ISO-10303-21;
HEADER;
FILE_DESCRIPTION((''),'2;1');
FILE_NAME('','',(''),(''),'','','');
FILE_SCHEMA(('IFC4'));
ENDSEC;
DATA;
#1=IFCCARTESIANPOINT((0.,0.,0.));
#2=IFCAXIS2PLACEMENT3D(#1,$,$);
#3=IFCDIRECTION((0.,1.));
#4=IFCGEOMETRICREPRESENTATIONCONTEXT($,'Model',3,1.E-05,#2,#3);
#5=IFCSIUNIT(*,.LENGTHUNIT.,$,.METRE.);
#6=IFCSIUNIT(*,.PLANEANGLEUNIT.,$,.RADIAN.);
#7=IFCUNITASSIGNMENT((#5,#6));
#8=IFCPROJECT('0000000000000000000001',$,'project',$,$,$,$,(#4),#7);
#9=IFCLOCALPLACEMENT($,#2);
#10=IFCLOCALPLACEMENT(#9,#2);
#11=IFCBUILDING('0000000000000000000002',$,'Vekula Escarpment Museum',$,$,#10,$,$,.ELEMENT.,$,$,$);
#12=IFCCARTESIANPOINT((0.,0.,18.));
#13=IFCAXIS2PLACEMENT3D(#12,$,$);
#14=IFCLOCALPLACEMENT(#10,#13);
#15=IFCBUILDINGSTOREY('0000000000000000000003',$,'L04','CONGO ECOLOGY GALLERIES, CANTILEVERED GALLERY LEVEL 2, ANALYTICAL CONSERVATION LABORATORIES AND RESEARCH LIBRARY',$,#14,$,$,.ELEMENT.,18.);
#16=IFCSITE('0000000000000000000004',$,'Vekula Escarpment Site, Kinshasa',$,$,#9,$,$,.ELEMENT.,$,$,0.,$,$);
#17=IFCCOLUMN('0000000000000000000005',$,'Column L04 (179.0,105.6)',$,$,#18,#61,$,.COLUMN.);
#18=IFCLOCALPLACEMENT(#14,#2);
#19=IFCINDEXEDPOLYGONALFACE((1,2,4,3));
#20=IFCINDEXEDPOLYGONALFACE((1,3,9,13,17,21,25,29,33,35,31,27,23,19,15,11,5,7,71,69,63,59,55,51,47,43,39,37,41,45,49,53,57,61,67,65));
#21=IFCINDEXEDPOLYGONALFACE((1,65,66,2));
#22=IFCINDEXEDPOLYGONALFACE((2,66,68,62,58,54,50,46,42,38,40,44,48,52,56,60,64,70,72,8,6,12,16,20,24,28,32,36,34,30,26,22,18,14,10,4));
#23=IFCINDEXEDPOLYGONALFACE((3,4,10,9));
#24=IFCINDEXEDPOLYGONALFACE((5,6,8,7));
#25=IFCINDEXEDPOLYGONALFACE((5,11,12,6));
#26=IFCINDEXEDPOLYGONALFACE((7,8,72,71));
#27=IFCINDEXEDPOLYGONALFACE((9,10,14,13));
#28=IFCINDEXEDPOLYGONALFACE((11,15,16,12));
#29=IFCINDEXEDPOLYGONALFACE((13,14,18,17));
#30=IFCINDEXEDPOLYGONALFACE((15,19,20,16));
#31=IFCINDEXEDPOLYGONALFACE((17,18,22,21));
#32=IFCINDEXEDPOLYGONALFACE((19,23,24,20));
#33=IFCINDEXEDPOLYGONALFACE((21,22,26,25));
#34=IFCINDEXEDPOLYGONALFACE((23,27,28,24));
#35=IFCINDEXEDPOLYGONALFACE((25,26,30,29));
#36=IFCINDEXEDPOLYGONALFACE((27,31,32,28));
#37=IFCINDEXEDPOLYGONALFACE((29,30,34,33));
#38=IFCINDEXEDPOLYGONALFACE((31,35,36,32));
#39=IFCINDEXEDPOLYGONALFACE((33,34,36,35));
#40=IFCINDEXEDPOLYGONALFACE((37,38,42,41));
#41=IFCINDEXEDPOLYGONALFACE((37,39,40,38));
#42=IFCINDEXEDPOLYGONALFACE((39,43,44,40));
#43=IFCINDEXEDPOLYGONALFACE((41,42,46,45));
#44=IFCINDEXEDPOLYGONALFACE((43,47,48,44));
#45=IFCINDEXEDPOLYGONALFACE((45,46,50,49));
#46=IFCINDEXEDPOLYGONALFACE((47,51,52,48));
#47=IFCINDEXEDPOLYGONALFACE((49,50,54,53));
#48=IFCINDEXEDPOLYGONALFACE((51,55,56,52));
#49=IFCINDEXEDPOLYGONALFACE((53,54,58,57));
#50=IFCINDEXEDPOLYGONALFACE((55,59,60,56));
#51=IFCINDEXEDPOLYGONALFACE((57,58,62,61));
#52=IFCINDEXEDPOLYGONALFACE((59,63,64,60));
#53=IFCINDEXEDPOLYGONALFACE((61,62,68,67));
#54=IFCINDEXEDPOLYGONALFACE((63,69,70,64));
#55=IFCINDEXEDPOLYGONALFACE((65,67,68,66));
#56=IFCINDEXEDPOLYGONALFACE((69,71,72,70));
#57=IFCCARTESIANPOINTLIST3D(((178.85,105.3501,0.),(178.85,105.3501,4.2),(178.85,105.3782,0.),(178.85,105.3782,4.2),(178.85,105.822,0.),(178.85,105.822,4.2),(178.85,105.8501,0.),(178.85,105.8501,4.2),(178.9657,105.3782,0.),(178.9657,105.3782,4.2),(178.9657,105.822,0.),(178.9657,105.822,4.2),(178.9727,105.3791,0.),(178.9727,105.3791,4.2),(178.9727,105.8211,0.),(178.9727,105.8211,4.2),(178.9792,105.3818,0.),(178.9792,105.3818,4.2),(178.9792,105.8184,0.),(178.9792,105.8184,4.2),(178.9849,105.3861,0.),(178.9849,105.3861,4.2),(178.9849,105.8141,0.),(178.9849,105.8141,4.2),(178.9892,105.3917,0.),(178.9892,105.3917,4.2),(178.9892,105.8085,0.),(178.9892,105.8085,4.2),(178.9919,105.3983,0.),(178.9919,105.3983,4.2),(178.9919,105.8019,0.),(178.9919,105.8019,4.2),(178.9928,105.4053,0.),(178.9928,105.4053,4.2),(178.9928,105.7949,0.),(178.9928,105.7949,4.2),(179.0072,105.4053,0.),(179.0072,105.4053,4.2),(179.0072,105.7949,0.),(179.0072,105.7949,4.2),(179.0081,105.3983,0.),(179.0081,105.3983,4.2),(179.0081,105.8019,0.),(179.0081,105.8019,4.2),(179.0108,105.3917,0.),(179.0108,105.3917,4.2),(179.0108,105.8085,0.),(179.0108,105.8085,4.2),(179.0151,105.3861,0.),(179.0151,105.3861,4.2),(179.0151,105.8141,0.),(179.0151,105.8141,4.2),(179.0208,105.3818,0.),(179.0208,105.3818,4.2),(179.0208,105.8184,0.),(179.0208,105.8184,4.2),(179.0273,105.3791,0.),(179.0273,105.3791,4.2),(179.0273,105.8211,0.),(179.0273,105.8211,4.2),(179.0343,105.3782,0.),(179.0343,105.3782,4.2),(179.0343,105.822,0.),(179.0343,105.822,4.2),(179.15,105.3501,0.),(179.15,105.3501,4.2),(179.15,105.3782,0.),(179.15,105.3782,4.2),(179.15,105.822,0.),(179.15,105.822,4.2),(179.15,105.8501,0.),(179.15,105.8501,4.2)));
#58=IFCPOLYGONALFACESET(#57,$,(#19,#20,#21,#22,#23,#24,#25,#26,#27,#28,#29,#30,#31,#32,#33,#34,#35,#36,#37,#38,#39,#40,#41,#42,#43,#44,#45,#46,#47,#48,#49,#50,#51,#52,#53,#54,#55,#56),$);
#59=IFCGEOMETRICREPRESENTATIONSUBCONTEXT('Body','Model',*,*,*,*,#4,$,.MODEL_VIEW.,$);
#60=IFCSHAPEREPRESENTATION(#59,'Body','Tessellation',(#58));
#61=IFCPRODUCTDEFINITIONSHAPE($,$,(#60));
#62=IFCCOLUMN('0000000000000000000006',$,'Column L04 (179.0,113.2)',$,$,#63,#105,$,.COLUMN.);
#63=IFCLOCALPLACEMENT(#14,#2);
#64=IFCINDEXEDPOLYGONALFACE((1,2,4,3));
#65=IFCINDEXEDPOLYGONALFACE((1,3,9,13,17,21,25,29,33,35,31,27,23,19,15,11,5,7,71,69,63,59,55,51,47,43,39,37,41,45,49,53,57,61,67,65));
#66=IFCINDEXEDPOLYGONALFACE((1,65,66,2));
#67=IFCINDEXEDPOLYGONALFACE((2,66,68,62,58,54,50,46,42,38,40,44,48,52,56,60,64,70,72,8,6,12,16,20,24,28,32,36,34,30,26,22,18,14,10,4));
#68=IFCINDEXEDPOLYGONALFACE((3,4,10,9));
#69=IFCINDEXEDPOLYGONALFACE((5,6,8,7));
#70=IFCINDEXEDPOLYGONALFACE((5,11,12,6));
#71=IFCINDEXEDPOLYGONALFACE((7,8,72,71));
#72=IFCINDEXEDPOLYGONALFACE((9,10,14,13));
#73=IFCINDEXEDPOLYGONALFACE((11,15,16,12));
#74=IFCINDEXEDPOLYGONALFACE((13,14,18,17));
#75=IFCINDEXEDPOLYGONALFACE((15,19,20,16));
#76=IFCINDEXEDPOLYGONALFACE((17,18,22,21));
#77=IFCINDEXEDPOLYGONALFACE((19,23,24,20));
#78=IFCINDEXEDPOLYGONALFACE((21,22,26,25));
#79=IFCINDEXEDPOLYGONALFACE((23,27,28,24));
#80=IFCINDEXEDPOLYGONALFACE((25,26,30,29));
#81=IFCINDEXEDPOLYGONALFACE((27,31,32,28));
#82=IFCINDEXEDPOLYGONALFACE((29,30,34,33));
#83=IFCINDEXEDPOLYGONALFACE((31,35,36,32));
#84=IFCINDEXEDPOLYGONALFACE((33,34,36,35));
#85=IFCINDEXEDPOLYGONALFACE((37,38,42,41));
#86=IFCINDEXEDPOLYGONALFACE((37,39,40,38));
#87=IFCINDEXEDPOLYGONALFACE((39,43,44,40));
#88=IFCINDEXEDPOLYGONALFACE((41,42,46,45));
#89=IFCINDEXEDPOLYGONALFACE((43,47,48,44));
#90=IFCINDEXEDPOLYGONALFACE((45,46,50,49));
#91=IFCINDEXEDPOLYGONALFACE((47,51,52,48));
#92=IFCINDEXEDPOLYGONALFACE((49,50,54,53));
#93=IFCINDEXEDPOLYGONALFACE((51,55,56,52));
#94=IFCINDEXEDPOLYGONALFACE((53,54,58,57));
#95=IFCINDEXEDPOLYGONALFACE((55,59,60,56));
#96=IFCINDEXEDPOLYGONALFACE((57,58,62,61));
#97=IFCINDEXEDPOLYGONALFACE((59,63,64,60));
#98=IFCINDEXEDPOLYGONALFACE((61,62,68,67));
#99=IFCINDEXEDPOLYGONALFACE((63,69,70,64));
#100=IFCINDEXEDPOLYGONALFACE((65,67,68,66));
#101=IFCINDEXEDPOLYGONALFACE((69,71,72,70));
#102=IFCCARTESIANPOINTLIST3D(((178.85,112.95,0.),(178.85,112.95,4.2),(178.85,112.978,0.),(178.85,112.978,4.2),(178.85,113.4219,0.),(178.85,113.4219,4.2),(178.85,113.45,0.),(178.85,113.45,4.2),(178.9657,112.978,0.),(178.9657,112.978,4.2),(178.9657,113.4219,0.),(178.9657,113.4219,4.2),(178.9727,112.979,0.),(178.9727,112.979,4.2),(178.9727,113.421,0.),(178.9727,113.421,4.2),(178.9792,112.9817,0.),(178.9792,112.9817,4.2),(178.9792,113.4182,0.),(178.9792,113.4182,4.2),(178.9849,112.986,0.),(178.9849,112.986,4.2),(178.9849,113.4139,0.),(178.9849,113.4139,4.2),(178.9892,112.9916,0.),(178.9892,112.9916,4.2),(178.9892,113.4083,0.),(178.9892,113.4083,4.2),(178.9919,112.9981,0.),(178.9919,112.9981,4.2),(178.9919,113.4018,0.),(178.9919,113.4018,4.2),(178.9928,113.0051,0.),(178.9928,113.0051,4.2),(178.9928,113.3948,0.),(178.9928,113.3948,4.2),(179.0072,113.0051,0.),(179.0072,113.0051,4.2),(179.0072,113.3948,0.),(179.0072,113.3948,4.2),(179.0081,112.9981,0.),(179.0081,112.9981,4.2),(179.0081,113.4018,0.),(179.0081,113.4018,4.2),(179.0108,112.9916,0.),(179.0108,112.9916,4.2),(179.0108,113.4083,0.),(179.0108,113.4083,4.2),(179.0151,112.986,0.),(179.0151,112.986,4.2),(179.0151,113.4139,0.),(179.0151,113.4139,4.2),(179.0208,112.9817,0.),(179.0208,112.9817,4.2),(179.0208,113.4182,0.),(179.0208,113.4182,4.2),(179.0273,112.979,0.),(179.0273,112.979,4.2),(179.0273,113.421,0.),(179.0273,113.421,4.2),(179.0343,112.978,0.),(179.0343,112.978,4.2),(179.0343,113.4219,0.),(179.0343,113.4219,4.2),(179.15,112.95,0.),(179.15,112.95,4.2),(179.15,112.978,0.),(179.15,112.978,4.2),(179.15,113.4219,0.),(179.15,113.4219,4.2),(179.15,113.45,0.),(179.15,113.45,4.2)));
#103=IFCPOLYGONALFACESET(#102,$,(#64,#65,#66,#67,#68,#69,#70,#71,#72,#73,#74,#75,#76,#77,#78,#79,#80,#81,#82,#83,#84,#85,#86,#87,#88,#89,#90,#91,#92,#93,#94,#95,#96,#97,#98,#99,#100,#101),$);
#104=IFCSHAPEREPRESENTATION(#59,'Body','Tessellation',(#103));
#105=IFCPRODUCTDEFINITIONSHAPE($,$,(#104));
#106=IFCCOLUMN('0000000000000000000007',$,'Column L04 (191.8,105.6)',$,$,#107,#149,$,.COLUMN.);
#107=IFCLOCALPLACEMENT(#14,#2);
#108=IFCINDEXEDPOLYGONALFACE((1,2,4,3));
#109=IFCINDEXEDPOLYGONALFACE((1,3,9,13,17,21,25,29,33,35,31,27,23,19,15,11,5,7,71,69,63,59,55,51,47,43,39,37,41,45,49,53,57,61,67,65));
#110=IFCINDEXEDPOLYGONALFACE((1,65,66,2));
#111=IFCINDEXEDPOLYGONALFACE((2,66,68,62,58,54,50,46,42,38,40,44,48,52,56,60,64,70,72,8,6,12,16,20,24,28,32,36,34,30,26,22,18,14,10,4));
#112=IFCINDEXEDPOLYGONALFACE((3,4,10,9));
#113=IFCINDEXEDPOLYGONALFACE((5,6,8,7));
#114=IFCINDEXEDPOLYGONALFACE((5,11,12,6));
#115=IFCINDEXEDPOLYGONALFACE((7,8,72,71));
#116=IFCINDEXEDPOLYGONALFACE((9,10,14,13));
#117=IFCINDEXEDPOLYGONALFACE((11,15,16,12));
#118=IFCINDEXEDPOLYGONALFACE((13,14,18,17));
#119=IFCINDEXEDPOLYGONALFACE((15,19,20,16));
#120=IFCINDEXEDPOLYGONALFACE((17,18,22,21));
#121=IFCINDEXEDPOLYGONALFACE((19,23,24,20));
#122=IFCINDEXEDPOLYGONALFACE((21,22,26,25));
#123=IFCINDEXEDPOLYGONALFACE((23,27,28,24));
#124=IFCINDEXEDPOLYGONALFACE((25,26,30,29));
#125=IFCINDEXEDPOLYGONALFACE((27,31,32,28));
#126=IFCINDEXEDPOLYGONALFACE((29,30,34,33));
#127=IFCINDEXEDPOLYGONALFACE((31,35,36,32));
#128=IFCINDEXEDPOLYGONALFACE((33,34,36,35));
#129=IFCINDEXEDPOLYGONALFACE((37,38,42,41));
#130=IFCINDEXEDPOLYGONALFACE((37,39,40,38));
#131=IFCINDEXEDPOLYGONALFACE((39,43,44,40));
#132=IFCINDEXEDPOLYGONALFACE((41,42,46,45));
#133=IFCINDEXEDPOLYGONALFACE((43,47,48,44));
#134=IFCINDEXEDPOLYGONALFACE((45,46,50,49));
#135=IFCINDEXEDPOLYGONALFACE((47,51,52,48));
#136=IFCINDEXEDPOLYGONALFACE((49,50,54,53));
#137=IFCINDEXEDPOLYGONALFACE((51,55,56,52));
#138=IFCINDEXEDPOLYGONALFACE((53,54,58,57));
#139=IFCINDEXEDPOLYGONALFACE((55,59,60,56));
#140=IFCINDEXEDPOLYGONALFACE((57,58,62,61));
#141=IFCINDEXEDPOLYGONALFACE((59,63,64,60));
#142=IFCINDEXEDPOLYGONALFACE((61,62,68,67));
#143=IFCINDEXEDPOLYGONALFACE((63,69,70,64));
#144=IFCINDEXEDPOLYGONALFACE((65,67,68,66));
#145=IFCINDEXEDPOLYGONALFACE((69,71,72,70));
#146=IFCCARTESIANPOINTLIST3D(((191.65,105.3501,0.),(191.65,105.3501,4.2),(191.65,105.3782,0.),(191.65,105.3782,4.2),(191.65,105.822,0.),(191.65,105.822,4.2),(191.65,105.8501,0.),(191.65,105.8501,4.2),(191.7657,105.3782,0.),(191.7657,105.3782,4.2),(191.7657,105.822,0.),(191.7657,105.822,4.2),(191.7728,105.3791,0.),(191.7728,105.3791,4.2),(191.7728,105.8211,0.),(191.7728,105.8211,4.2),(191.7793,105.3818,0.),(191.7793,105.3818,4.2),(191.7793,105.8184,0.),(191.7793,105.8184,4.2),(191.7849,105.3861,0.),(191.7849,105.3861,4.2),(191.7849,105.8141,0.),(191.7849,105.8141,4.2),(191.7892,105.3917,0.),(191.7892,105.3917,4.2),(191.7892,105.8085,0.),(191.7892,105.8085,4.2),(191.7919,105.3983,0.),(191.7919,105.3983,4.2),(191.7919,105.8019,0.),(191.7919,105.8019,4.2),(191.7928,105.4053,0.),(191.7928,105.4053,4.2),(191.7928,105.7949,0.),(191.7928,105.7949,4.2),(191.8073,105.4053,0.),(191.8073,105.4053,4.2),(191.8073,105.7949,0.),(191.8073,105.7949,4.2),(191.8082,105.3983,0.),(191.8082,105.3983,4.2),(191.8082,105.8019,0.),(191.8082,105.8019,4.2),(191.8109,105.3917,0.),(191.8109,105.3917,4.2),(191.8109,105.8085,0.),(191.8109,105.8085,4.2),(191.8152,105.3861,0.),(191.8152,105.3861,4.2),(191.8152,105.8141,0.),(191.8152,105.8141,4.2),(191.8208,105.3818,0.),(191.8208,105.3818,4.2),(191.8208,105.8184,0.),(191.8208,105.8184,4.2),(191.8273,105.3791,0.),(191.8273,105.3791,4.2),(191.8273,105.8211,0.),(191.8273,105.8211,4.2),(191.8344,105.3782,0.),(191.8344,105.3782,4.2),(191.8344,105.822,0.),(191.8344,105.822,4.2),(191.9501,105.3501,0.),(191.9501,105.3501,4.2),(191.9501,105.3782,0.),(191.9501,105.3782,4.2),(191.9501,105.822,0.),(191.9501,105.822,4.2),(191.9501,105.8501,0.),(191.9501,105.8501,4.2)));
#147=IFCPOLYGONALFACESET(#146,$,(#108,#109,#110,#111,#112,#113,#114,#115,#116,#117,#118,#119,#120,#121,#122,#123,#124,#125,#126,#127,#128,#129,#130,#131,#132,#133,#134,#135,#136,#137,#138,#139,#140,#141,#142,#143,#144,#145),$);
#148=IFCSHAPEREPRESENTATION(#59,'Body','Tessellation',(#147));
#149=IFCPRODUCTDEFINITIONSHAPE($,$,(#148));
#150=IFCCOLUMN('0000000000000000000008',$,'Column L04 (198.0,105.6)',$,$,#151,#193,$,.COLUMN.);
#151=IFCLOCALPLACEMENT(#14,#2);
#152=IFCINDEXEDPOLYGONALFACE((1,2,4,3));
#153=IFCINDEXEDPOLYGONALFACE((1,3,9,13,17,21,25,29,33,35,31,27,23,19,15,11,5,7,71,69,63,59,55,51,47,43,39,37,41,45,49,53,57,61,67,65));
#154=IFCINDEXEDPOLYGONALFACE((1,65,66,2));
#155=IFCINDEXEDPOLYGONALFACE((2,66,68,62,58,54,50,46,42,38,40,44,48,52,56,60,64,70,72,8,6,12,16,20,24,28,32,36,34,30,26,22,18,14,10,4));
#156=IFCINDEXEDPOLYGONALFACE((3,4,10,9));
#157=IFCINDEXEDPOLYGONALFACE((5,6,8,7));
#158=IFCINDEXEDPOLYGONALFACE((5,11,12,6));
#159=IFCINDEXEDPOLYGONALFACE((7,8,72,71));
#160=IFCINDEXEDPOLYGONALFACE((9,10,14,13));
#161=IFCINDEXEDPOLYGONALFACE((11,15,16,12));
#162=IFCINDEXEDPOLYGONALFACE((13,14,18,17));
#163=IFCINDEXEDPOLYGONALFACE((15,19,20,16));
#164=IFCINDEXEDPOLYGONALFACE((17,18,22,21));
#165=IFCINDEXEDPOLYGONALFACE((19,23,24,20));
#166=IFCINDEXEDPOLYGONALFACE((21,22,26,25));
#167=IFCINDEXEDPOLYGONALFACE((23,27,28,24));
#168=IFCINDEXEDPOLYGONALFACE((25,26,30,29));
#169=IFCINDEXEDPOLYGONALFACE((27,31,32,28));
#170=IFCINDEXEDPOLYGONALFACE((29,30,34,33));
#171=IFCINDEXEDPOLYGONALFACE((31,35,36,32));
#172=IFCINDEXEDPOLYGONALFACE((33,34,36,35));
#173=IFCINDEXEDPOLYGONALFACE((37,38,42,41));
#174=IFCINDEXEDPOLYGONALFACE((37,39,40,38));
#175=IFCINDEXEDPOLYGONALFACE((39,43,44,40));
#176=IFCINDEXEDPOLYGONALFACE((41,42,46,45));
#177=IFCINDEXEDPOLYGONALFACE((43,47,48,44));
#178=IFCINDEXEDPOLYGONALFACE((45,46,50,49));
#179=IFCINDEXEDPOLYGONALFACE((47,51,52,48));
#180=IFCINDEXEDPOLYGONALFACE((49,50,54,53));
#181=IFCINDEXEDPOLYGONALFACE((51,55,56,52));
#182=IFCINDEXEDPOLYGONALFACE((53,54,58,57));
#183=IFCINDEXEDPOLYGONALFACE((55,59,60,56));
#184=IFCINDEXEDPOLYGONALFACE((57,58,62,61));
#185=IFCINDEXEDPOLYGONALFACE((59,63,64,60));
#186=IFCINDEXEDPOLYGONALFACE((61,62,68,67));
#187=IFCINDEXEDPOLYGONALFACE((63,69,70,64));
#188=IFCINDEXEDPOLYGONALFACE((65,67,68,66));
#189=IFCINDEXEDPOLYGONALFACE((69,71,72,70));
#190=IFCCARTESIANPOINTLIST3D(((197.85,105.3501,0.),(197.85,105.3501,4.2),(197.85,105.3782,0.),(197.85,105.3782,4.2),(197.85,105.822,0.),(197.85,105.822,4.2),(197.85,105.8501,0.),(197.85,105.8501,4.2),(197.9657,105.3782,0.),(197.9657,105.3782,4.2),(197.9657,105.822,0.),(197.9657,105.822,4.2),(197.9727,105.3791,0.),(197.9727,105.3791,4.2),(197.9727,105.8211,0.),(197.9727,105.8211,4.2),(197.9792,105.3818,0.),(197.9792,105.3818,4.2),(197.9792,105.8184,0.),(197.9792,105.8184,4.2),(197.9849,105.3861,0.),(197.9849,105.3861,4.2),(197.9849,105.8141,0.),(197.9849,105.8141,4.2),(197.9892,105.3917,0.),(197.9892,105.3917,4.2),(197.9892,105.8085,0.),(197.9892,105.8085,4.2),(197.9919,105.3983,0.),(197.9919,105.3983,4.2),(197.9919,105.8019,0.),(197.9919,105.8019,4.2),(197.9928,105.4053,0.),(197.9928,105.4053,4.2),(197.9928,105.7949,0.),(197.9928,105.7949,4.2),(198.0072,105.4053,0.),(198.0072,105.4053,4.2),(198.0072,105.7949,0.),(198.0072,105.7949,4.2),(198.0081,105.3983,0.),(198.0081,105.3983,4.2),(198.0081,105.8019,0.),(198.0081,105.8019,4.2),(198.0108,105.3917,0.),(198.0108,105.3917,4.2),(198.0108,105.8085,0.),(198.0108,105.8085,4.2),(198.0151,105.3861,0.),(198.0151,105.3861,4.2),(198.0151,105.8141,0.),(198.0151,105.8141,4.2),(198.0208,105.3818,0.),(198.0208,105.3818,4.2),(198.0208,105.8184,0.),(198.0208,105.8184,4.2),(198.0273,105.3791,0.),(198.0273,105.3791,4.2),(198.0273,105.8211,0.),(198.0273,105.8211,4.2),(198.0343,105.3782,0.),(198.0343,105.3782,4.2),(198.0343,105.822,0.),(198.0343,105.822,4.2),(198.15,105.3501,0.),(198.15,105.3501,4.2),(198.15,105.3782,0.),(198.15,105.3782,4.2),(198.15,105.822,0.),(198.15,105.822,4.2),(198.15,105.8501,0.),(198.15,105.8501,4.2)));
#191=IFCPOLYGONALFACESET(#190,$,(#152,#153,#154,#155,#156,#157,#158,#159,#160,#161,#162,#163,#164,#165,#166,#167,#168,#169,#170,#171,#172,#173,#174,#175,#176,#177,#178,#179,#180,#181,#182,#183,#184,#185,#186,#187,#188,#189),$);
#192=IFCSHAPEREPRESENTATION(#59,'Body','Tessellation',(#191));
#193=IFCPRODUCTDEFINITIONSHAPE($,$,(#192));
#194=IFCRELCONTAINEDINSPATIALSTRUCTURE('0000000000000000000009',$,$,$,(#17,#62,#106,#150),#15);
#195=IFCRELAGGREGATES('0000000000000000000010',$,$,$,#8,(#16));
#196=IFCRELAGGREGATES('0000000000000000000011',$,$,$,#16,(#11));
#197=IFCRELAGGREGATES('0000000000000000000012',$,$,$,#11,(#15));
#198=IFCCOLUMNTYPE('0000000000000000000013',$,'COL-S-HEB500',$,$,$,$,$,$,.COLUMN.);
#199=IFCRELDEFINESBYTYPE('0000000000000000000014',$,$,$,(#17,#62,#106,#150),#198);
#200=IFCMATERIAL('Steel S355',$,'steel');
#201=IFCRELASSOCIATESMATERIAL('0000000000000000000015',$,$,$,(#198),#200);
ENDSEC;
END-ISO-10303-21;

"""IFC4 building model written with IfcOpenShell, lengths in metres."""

from ifc_helpers import new_model, si_unit, direction, frame, origin, origin_2d, place, context, subcontext, project, spatial, i_section, extrude, material, material_profile, profile_set, type_object, element, save


model = new_model("IFC4")

# Units and contexts
model_context = context("Model", 3, precision=1e-05, world=origin(), true_north=direction((0.0, 1.0)))
body_context = subcontext(model_context, "Body", "Model", "MODEL_VIEW")
ifc_project = project(units=[si_unit("LENGTHUNIT", "METRE"), si_unit("PLANEANGLEUNIT", "RADIAN")], contexts=[model_context])

# Site, building, storey
site_placement = place(None, origin())
site = spatial("IfcSite", under=ifc_project, at=site_placement, Name="Vekula Escarpment Site, Kinshasa", CompositionType="ELEMENT", RefElevation=0.0)
building_placement = place(site_placement, origin())
building = spatial("IfcBuilding", under=site, at=building_placement, Name="Vekula Escarpment Museum", CompositionType="ELEMENT")
storey_placement = place(building_placement, frame((0.0, 0.0, 18.0)))
storey = spatial("IfcBuildingStorey", under=building, at=storey_placement, Name="L04", Description="CONGO ECOLOGY GALLERIES, CANTILEVERED GALLERY LEVEL 2, ANALYTICAL CONSERVATION LABORATORIES AND RESEARCH LIBRARY", CompositionType="ELEMENT", Elevation=18.0)

# Columns
ifc_material_1 = material(Name="Steel S355", Category="steel")
ifc_material_profile_1 = material_profile(ifc_material_1, i_section(OverallWidth=0.3, OverallDepth=0.5, WebThickness=0.0144, FlangeThickness=0.0281, FilletRadius=0.0271, at=origin_2d()), Name="HEB 500")
ifc_profile_set_1 = profile_set([ifc_material_profile_1], Name="Steel S355")
column_type = type_object("IfcColumnType", Name="COL-S-HEB500", PredefinedType="COLUMN", material=ifc_profile_set_1)
for number, where, z_axis, x_axis, name in (
    (1, (179.0, 105.6001, 0.0), (0.0, 0.0, 1.0), (1.0, 0.0, 0.0), "Column L04 (179.0,105.6)"),
    (2, (179.0, 113.2, 0.0), (0.0, 0.0, 1.0), (1.0, 0.0, 0.0), "Column L04 (179.0,113.2)"),
    (3, (191.8, 105.6001, 0.0), (0.0, 0.0, 1.0), (1.0, 0.0, 0.0), "Column L04 (191.8,105.6)"),
    (4, (198.0, 105.6001, 0.0), (0.0, 0.0, 1.0), (1.0, 0.0, 0.0), "Column L04 (198.0,105.6)"),
):
    element("IfcColumn", number, at=place(storey_placement, frame(where, z_axis=z_axis, x_axis=x_axis)), inside=storey, type_object=column_type, Name=name, PredefinedType="COLUMN", context=body_context, shape_type="SweptSolid", body=[
        extrude(i_section(OverallWidth=0.3, OverallDepth=0.5, WebThickness=0.0144, FlangeThickness=0.0281, FilletRadius=0.0271, at=origin_2d()), origin(), (0.0, 0.0, 1.0), 4.2),
    ])

save(model, "model.ifc")
